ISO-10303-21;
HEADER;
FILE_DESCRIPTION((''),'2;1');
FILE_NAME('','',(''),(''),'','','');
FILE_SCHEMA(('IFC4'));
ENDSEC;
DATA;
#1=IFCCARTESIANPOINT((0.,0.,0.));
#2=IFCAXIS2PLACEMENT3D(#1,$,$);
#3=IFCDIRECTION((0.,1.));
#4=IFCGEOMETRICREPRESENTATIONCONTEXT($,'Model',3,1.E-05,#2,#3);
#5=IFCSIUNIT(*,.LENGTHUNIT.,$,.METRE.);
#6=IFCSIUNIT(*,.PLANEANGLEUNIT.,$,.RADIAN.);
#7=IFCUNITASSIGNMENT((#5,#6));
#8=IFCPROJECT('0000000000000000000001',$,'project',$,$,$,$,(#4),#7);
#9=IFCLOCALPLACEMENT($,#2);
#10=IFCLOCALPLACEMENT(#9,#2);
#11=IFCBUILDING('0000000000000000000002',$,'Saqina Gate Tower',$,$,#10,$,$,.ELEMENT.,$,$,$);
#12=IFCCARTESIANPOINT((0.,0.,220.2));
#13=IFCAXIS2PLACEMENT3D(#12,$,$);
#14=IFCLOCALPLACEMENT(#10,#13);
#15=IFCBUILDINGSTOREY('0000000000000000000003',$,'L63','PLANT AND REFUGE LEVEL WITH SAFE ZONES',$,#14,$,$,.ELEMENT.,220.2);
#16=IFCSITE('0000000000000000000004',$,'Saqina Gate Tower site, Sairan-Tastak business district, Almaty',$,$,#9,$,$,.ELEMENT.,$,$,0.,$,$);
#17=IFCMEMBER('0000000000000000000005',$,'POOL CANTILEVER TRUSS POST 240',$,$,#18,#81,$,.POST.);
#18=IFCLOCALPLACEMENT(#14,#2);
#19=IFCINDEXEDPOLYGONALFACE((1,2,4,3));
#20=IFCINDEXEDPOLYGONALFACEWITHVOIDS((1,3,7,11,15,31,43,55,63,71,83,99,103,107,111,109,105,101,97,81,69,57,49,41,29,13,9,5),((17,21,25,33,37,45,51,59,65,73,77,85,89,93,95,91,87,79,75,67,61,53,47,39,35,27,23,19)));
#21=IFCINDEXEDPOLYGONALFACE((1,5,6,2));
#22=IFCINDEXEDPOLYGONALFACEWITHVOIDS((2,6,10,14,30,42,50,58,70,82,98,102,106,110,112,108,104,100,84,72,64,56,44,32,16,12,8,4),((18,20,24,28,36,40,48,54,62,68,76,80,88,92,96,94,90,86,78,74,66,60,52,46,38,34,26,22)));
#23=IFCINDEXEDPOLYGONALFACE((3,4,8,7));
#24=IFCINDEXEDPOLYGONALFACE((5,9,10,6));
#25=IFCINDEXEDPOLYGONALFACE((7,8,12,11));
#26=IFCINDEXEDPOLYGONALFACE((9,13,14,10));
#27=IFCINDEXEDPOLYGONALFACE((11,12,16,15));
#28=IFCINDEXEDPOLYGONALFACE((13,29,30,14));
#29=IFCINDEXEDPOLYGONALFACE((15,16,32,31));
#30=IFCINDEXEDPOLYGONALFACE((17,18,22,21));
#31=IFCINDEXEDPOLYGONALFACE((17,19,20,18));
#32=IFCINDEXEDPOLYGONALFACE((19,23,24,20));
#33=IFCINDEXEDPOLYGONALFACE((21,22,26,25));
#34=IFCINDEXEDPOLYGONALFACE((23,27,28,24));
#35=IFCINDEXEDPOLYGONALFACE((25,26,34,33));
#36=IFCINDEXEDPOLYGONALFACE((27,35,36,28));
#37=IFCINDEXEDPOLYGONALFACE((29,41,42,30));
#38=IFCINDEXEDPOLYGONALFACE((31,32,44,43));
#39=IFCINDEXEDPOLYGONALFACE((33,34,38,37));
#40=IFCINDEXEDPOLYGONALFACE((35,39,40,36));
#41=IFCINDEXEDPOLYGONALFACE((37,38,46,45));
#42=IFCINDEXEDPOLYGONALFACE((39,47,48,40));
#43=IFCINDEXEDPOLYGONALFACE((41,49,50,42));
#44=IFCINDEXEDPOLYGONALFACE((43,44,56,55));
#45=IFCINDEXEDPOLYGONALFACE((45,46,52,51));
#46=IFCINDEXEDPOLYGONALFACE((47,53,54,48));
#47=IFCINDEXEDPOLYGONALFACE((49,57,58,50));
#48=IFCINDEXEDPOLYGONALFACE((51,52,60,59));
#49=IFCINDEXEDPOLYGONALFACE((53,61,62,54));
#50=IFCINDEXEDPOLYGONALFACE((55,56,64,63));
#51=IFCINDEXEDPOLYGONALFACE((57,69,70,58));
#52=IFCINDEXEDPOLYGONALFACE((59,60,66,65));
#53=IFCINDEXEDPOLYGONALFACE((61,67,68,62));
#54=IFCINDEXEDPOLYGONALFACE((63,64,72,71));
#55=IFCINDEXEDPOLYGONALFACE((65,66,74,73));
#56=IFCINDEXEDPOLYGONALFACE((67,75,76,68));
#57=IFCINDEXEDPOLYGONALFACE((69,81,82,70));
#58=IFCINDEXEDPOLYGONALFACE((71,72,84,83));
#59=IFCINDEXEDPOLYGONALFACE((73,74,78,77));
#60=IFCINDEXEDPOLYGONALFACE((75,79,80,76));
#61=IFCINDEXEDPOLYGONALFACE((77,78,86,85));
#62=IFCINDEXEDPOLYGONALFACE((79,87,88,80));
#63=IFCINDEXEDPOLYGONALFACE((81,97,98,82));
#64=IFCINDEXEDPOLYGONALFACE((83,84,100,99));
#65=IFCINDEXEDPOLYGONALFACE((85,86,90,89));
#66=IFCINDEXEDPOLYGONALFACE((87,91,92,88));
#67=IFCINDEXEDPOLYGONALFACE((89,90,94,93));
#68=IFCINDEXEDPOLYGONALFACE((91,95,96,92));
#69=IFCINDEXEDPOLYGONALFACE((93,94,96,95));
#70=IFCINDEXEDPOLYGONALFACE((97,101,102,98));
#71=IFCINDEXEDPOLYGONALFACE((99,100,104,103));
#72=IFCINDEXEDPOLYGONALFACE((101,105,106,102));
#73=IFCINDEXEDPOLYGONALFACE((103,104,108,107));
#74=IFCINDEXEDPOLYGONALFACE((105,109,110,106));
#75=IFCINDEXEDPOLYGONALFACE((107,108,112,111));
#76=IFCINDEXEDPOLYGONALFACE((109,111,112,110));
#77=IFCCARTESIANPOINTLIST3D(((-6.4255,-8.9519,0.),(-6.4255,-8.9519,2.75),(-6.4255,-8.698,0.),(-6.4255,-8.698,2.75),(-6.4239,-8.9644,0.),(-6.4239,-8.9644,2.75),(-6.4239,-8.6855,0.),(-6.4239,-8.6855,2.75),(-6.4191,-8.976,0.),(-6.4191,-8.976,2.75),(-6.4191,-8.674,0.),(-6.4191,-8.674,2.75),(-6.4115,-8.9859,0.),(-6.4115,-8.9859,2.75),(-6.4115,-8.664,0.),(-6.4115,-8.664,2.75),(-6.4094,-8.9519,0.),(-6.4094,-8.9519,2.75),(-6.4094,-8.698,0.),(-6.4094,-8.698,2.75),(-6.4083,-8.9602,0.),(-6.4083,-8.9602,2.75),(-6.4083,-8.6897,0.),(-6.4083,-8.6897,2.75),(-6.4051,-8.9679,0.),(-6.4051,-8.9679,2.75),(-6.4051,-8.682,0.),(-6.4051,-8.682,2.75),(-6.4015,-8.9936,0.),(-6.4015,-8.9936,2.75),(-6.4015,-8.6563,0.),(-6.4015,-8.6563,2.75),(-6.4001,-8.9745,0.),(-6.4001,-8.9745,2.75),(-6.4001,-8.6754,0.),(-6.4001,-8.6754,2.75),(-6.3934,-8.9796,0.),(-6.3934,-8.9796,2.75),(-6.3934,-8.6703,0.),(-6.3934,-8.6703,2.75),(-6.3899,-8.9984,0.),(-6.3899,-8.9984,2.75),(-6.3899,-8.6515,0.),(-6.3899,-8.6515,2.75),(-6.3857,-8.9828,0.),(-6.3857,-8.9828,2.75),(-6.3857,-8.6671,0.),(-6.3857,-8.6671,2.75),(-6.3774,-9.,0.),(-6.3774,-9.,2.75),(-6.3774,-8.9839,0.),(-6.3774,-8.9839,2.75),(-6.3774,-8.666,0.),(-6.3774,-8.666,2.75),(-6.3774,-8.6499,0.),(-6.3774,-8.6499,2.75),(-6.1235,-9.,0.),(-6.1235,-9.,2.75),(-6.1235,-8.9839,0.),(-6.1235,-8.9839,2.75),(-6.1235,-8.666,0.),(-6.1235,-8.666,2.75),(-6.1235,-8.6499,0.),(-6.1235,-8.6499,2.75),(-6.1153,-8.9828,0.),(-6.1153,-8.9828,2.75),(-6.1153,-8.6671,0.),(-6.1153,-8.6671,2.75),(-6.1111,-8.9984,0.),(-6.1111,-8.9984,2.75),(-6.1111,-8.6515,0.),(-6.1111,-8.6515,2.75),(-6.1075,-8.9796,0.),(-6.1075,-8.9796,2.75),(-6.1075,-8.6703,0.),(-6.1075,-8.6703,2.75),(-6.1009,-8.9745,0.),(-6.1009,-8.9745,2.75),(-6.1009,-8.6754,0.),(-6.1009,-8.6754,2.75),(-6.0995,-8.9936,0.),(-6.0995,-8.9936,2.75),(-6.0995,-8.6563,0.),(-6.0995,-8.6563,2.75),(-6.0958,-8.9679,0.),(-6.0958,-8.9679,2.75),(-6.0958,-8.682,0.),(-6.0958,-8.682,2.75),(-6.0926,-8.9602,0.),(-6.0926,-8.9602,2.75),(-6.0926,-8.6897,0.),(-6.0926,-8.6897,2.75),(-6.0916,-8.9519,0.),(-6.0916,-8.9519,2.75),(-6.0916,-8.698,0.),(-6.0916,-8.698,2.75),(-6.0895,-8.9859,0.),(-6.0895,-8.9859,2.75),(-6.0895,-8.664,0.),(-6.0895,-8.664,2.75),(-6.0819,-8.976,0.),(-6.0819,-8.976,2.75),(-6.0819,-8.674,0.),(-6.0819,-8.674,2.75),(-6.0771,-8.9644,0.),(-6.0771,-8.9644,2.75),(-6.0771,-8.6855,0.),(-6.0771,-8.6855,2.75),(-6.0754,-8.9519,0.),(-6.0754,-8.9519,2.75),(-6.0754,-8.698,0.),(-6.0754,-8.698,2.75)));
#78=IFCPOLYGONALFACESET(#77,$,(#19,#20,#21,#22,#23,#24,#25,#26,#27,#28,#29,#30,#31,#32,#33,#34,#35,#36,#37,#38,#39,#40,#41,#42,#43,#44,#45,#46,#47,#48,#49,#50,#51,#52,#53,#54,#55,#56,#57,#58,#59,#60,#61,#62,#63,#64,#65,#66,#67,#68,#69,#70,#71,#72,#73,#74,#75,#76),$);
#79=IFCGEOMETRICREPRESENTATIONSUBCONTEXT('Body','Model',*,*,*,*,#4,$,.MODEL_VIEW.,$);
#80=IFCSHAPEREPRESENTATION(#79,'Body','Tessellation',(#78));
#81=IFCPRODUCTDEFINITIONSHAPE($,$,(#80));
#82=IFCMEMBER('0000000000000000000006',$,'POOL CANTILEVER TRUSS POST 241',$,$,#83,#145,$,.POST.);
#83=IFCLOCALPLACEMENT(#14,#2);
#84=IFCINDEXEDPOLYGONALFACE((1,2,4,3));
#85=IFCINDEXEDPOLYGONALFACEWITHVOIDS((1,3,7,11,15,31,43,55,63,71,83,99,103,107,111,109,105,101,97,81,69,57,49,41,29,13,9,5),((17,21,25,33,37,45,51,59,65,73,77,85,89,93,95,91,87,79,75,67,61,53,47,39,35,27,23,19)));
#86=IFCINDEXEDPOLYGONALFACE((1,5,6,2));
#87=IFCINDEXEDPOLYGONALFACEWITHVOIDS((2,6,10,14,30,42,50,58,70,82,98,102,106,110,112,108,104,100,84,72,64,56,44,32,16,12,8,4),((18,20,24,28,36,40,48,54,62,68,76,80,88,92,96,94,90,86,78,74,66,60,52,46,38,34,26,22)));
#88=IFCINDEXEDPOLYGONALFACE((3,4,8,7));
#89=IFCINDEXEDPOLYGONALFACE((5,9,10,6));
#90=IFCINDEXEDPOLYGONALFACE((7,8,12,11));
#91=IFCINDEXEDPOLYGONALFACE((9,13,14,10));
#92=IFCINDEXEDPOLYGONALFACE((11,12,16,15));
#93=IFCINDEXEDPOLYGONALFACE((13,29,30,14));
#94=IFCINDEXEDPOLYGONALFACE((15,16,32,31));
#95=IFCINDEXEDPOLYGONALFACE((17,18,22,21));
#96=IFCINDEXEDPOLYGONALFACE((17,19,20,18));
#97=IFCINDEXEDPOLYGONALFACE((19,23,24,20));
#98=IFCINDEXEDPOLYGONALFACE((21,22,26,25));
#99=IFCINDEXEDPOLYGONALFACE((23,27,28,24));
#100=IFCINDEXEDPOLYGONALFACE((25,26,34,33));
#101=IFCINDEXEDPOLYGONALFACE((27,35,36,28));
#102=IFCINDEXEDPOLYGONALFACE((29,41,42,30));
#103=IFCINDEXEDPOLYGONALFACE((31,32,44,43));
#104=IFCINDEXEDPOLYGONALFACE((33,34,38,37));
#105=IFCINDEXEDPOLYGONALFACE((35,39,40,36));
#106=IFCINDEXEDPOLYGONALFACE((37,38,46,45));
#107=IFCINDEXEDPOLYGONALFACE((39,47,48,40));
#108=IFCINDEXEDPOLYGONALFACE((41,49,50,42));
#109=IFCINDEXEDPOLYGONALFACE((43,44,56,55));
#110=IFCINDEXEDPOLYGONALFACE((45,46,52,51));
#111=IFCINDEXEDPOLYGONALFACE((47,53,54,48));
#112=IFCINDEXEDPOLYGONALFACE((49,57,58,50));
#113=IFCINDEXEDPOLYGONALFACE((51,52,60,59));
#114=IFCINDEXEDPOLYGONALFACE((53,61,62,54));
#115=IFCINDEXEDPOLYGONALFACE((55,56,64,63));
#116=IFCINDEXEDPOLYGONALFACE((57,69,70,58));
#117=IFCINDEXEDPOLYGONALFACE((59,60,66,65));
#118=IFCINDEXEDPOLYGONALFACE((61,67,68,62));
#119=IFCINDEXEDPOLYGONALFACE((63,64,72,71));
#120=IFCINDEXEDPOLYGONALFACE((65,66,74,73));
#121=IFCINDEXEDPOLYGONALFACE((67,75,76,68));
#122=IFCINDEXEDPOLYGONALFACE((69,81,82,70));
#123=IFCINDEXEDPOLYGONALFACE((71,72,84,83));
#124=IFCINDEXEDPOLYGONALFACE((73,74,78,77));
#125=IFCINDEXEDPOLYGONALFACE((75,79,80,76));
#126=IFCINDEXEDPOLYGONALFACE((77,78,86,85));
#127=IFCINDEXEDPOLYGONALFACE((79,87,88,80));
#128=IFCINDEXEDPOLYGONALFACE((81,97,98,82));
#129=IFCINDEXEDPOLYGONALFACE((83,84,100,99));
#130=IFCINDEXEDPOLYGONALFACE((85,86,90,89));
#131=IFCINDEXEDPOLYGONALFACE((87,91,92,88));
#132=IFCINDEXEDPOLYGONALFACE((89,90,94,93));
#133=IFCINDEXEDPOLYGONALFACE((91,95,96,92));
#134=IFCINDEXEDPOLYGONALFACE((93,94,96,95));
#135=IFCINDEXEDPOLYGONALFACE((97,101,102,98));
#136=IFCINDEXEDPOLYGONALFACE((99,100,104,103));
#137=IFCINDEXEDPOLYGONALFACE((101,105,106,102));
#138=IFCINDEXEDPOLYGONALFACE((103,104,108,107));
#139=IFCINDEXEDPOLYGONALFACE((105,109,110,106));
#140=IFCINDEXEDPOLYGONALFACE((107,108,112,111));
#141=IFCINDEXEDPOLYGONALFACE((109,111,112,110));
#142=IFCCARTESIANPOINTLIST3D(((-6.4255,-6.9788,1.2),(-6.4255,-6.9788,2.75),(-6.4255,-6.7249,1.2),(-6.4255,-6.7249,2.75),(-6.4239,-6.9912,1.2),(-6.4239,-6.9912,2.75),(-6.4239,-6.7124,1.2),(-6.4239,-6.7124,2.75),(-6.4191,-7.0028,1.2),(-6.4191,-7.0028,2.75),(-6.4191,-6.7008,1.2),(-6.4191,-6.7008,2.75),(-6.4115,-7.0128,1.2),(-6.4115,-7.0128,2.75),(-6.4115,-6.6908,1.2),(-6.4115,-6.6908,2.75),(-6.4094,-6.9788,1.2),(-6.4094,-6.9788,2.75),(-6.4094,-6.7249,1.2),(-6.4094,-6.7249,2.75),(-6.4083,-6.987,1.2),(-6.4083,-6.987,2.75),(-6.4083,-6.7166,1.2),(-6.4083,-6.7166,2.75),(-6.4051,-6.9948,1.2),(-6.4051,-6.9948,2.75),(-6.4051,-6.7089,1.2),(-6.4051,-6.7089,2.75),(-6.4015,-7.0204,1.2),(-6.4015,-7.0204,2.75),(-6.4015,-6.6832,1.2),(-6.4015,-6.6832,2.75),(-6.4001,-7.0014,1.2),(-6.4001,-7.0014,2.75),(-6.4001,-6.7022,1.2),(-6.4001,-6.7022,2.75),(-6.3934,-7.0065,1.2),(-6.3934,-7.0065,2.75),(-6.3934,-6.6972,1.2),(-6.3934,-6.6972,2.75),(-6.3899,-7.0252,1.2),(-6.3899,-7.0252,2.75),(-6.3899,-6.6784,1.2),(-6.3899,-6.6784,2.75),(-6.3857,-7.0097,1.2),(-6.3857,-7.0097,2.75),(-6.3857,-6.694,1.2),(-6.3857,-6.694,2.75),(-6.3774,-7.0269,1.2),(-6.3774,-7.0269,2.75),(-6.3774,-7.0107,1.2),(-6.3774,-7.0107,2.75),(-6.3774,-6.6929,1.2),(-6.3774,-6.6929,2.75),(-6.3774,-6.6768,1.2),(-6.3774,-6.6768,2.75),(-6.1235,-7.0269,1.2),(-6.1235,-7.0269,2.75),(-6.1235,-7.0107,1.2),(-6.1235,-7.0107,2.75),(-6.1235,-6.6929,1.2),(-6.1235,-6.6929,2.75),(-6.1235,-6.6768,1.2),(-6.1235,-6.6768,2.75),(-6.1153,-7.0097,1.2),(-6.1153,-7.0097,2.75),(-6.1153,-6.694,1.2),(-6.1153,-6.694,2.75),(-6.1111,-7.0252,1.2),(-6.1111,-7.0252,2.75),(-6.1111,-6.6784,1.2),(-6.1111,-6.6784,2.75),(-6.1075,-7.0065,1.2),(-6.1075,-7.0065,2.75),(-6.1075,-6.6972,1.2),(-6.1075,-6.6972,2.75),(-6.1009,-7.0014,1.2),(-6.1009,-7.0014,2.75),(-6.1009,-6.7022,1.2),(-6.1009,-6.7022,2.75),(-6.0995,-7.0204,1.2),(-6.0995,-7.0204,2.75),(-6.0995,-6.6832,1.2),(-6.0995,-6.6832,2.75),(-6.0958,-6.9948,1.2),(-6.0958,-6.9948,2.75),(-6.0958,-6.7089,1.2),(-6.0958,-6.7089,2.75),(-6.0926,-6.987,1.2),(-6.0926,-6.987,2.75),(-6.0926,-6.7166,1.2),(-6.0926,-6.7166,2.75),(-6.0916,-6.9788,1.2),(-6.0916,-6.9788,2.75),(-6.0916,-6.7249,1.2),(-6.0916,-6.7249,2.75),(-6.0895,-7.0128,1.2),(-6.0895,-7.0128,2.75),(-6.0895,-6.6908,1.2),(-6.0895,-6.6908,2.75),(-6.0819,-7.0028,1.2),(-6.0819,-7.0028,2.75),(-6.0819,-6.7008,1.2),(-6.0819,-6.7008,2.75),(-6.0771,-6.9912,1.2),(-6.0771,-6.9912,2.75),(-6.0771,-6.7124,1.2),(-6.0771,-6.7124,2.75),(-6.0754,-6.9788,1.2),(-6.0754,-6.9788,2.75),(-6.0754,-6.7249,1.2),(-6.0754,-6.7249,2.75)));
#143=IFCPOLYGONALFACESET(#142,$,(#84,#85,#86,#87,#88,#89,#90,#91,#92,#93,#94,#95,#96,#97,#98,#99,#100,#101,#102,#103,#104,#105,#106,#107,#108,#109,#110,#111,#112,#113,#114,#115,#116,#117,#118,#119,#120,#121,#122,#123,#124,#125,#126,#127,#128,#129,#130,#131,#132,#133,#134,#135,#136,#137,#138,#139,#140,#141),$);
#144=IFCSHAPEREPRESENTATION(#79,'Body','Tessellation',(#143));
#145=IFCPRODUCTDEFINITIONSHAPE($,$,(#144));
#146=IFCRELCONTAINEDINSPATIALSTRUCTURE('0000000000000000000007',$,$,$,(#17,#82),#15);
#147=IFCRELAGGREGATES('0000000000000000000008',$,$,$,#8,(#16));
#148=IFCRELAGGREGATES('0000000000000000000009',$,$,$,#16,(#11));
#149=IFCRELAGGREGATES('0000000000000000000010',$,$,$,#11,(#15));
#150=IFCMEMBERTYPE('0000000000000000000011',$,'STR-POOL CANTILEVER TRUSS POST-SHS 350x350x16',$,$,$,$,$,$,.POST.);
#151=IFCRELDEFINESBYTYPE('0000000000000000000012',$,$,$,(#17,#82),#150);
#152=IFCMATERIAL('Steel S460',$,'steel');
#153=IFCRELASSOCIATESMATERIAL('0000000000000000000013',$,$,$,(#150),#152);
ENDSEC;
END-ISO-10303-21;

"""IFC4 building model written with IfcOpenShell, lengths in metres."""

from ifc_helpers import new_model, si_unit, direction, frame, origin, origin_2d, place, context, subcontext, project, spatial, hollow_rectangle, extrude, material, material_profile, profile_set, type_object, element, save


model = new_model("IFC4")

# Units and contexts
model_context = context("Model", 3, precision=1e-05, world=origin(), true_north=direction((0.0, 1.0)))
body_context = subcontext(model_context, "Body", "Model", "MODEL_VIEW")
ifc_project = project(units=[si_unit("LENGTHUNIT", "METRE"), si_unit("PLANEANGLEUNIT", "RADIAN")], contexts=[model_context])

# Site, building, storey
site_placement = place(None, origin())
site = spatial("IfcSite", under=ifc_project, at=site_placement, Name="Saqina Gate Tower site, Sairan-Tastak business district, Almaty", CompositionType="ELEMENT", RefElevation=0.0)
building_placement = place(site_placement, origin())
building = spatial("IfcBuilding", under=site, at=building_placement, Name="Saqina Gate Tower", CompositionType="ELEMENT")
storey_placement = place(building_placement, frame((0.0, 0.0, 220.2)))
storey = spatial("IfcBuildingStorey", under=building, at=storey_placement, Name="L63", Description="PLANT AND REFUGE LEVEL WITH SAFE ZONES", CompositionType="ELEMENT", Elevation=220.2)

# Members
ifc_material_1 = material(Name="Steel S460", Category="steel")
ifc_material_profile_1 = material_profile(ifc_material_1, hollow_rectangle(XDim=0.3501, YDim=0.3501, WallThickness=0.0161, InnerFilletRadius=0.032, OuterFilletRadius=0.0481, at=origin_2d()), Name="SHS 350x350x16")
ifc_profile_set_1 = profile_set([ifc_material_profile_1], Name="Steel S460")
member_type_1 = type_object("IfcMemberType", Name="STR-POOL CANTILEVER TRUSS POST-SHS 350x350x16", PredefinedType="POST", material=ifc_profile_set_1)
for number, where, z_axis, x_axis, name in (
    (1, (-6.2505, -8.825, 0.0), (0.0, 0.0, 1.0), (1.0, 0.0, 0.0), "POOL CANTILEVER TRUSS POST 240"),
):
    element("IfcMember", number, at=place(storey_placement, frame(where, z_axis=z_axis, x_axis=x_axis)), inside=storey, type_object=member_type_1, Name=name, PredefinedType="POST", context=body_context, shape_type="SweptSolid", body=[
        extrude(hollow_rectangle(XDim=0.3501, YDim=0.3501, WallThickness=0.0161, InnerFilletRadius=0.032, OuterFilletRadius=0.0481, at=origin_2d()), origin(), (0.0, 0.0, 1.0), 2.75),
    ])
for number, where, z_axis, x_axis, name in (
    (2, (-6.2505, -6.8518, 1.2), (0.0, 0.0, 1.0), (1.0, 0.0, 0.0), "POOL CANTILEVER TRUSS POST 241"),
):
    element("IfcMember", number, at=place(storey_placement, frame(where, z_axis=z_axis, x_axis=x_axis)), inside=storey, type_object=member_type_1, Name=name, PredefinedType="POST", context=body_context, shape_type="SweptSolid", body=[
        extrude(hollow_rectangle(XDim=0.3501, YDim=0.3501, WallThickness=0.0161, InnerFilletRadius=0.032, OuterFilletRadius=0.0481, at=origin_2d()), origin(), (0.0, 0.0, 1.0), 1.55),
    ])

save(model, "model.ifc")
